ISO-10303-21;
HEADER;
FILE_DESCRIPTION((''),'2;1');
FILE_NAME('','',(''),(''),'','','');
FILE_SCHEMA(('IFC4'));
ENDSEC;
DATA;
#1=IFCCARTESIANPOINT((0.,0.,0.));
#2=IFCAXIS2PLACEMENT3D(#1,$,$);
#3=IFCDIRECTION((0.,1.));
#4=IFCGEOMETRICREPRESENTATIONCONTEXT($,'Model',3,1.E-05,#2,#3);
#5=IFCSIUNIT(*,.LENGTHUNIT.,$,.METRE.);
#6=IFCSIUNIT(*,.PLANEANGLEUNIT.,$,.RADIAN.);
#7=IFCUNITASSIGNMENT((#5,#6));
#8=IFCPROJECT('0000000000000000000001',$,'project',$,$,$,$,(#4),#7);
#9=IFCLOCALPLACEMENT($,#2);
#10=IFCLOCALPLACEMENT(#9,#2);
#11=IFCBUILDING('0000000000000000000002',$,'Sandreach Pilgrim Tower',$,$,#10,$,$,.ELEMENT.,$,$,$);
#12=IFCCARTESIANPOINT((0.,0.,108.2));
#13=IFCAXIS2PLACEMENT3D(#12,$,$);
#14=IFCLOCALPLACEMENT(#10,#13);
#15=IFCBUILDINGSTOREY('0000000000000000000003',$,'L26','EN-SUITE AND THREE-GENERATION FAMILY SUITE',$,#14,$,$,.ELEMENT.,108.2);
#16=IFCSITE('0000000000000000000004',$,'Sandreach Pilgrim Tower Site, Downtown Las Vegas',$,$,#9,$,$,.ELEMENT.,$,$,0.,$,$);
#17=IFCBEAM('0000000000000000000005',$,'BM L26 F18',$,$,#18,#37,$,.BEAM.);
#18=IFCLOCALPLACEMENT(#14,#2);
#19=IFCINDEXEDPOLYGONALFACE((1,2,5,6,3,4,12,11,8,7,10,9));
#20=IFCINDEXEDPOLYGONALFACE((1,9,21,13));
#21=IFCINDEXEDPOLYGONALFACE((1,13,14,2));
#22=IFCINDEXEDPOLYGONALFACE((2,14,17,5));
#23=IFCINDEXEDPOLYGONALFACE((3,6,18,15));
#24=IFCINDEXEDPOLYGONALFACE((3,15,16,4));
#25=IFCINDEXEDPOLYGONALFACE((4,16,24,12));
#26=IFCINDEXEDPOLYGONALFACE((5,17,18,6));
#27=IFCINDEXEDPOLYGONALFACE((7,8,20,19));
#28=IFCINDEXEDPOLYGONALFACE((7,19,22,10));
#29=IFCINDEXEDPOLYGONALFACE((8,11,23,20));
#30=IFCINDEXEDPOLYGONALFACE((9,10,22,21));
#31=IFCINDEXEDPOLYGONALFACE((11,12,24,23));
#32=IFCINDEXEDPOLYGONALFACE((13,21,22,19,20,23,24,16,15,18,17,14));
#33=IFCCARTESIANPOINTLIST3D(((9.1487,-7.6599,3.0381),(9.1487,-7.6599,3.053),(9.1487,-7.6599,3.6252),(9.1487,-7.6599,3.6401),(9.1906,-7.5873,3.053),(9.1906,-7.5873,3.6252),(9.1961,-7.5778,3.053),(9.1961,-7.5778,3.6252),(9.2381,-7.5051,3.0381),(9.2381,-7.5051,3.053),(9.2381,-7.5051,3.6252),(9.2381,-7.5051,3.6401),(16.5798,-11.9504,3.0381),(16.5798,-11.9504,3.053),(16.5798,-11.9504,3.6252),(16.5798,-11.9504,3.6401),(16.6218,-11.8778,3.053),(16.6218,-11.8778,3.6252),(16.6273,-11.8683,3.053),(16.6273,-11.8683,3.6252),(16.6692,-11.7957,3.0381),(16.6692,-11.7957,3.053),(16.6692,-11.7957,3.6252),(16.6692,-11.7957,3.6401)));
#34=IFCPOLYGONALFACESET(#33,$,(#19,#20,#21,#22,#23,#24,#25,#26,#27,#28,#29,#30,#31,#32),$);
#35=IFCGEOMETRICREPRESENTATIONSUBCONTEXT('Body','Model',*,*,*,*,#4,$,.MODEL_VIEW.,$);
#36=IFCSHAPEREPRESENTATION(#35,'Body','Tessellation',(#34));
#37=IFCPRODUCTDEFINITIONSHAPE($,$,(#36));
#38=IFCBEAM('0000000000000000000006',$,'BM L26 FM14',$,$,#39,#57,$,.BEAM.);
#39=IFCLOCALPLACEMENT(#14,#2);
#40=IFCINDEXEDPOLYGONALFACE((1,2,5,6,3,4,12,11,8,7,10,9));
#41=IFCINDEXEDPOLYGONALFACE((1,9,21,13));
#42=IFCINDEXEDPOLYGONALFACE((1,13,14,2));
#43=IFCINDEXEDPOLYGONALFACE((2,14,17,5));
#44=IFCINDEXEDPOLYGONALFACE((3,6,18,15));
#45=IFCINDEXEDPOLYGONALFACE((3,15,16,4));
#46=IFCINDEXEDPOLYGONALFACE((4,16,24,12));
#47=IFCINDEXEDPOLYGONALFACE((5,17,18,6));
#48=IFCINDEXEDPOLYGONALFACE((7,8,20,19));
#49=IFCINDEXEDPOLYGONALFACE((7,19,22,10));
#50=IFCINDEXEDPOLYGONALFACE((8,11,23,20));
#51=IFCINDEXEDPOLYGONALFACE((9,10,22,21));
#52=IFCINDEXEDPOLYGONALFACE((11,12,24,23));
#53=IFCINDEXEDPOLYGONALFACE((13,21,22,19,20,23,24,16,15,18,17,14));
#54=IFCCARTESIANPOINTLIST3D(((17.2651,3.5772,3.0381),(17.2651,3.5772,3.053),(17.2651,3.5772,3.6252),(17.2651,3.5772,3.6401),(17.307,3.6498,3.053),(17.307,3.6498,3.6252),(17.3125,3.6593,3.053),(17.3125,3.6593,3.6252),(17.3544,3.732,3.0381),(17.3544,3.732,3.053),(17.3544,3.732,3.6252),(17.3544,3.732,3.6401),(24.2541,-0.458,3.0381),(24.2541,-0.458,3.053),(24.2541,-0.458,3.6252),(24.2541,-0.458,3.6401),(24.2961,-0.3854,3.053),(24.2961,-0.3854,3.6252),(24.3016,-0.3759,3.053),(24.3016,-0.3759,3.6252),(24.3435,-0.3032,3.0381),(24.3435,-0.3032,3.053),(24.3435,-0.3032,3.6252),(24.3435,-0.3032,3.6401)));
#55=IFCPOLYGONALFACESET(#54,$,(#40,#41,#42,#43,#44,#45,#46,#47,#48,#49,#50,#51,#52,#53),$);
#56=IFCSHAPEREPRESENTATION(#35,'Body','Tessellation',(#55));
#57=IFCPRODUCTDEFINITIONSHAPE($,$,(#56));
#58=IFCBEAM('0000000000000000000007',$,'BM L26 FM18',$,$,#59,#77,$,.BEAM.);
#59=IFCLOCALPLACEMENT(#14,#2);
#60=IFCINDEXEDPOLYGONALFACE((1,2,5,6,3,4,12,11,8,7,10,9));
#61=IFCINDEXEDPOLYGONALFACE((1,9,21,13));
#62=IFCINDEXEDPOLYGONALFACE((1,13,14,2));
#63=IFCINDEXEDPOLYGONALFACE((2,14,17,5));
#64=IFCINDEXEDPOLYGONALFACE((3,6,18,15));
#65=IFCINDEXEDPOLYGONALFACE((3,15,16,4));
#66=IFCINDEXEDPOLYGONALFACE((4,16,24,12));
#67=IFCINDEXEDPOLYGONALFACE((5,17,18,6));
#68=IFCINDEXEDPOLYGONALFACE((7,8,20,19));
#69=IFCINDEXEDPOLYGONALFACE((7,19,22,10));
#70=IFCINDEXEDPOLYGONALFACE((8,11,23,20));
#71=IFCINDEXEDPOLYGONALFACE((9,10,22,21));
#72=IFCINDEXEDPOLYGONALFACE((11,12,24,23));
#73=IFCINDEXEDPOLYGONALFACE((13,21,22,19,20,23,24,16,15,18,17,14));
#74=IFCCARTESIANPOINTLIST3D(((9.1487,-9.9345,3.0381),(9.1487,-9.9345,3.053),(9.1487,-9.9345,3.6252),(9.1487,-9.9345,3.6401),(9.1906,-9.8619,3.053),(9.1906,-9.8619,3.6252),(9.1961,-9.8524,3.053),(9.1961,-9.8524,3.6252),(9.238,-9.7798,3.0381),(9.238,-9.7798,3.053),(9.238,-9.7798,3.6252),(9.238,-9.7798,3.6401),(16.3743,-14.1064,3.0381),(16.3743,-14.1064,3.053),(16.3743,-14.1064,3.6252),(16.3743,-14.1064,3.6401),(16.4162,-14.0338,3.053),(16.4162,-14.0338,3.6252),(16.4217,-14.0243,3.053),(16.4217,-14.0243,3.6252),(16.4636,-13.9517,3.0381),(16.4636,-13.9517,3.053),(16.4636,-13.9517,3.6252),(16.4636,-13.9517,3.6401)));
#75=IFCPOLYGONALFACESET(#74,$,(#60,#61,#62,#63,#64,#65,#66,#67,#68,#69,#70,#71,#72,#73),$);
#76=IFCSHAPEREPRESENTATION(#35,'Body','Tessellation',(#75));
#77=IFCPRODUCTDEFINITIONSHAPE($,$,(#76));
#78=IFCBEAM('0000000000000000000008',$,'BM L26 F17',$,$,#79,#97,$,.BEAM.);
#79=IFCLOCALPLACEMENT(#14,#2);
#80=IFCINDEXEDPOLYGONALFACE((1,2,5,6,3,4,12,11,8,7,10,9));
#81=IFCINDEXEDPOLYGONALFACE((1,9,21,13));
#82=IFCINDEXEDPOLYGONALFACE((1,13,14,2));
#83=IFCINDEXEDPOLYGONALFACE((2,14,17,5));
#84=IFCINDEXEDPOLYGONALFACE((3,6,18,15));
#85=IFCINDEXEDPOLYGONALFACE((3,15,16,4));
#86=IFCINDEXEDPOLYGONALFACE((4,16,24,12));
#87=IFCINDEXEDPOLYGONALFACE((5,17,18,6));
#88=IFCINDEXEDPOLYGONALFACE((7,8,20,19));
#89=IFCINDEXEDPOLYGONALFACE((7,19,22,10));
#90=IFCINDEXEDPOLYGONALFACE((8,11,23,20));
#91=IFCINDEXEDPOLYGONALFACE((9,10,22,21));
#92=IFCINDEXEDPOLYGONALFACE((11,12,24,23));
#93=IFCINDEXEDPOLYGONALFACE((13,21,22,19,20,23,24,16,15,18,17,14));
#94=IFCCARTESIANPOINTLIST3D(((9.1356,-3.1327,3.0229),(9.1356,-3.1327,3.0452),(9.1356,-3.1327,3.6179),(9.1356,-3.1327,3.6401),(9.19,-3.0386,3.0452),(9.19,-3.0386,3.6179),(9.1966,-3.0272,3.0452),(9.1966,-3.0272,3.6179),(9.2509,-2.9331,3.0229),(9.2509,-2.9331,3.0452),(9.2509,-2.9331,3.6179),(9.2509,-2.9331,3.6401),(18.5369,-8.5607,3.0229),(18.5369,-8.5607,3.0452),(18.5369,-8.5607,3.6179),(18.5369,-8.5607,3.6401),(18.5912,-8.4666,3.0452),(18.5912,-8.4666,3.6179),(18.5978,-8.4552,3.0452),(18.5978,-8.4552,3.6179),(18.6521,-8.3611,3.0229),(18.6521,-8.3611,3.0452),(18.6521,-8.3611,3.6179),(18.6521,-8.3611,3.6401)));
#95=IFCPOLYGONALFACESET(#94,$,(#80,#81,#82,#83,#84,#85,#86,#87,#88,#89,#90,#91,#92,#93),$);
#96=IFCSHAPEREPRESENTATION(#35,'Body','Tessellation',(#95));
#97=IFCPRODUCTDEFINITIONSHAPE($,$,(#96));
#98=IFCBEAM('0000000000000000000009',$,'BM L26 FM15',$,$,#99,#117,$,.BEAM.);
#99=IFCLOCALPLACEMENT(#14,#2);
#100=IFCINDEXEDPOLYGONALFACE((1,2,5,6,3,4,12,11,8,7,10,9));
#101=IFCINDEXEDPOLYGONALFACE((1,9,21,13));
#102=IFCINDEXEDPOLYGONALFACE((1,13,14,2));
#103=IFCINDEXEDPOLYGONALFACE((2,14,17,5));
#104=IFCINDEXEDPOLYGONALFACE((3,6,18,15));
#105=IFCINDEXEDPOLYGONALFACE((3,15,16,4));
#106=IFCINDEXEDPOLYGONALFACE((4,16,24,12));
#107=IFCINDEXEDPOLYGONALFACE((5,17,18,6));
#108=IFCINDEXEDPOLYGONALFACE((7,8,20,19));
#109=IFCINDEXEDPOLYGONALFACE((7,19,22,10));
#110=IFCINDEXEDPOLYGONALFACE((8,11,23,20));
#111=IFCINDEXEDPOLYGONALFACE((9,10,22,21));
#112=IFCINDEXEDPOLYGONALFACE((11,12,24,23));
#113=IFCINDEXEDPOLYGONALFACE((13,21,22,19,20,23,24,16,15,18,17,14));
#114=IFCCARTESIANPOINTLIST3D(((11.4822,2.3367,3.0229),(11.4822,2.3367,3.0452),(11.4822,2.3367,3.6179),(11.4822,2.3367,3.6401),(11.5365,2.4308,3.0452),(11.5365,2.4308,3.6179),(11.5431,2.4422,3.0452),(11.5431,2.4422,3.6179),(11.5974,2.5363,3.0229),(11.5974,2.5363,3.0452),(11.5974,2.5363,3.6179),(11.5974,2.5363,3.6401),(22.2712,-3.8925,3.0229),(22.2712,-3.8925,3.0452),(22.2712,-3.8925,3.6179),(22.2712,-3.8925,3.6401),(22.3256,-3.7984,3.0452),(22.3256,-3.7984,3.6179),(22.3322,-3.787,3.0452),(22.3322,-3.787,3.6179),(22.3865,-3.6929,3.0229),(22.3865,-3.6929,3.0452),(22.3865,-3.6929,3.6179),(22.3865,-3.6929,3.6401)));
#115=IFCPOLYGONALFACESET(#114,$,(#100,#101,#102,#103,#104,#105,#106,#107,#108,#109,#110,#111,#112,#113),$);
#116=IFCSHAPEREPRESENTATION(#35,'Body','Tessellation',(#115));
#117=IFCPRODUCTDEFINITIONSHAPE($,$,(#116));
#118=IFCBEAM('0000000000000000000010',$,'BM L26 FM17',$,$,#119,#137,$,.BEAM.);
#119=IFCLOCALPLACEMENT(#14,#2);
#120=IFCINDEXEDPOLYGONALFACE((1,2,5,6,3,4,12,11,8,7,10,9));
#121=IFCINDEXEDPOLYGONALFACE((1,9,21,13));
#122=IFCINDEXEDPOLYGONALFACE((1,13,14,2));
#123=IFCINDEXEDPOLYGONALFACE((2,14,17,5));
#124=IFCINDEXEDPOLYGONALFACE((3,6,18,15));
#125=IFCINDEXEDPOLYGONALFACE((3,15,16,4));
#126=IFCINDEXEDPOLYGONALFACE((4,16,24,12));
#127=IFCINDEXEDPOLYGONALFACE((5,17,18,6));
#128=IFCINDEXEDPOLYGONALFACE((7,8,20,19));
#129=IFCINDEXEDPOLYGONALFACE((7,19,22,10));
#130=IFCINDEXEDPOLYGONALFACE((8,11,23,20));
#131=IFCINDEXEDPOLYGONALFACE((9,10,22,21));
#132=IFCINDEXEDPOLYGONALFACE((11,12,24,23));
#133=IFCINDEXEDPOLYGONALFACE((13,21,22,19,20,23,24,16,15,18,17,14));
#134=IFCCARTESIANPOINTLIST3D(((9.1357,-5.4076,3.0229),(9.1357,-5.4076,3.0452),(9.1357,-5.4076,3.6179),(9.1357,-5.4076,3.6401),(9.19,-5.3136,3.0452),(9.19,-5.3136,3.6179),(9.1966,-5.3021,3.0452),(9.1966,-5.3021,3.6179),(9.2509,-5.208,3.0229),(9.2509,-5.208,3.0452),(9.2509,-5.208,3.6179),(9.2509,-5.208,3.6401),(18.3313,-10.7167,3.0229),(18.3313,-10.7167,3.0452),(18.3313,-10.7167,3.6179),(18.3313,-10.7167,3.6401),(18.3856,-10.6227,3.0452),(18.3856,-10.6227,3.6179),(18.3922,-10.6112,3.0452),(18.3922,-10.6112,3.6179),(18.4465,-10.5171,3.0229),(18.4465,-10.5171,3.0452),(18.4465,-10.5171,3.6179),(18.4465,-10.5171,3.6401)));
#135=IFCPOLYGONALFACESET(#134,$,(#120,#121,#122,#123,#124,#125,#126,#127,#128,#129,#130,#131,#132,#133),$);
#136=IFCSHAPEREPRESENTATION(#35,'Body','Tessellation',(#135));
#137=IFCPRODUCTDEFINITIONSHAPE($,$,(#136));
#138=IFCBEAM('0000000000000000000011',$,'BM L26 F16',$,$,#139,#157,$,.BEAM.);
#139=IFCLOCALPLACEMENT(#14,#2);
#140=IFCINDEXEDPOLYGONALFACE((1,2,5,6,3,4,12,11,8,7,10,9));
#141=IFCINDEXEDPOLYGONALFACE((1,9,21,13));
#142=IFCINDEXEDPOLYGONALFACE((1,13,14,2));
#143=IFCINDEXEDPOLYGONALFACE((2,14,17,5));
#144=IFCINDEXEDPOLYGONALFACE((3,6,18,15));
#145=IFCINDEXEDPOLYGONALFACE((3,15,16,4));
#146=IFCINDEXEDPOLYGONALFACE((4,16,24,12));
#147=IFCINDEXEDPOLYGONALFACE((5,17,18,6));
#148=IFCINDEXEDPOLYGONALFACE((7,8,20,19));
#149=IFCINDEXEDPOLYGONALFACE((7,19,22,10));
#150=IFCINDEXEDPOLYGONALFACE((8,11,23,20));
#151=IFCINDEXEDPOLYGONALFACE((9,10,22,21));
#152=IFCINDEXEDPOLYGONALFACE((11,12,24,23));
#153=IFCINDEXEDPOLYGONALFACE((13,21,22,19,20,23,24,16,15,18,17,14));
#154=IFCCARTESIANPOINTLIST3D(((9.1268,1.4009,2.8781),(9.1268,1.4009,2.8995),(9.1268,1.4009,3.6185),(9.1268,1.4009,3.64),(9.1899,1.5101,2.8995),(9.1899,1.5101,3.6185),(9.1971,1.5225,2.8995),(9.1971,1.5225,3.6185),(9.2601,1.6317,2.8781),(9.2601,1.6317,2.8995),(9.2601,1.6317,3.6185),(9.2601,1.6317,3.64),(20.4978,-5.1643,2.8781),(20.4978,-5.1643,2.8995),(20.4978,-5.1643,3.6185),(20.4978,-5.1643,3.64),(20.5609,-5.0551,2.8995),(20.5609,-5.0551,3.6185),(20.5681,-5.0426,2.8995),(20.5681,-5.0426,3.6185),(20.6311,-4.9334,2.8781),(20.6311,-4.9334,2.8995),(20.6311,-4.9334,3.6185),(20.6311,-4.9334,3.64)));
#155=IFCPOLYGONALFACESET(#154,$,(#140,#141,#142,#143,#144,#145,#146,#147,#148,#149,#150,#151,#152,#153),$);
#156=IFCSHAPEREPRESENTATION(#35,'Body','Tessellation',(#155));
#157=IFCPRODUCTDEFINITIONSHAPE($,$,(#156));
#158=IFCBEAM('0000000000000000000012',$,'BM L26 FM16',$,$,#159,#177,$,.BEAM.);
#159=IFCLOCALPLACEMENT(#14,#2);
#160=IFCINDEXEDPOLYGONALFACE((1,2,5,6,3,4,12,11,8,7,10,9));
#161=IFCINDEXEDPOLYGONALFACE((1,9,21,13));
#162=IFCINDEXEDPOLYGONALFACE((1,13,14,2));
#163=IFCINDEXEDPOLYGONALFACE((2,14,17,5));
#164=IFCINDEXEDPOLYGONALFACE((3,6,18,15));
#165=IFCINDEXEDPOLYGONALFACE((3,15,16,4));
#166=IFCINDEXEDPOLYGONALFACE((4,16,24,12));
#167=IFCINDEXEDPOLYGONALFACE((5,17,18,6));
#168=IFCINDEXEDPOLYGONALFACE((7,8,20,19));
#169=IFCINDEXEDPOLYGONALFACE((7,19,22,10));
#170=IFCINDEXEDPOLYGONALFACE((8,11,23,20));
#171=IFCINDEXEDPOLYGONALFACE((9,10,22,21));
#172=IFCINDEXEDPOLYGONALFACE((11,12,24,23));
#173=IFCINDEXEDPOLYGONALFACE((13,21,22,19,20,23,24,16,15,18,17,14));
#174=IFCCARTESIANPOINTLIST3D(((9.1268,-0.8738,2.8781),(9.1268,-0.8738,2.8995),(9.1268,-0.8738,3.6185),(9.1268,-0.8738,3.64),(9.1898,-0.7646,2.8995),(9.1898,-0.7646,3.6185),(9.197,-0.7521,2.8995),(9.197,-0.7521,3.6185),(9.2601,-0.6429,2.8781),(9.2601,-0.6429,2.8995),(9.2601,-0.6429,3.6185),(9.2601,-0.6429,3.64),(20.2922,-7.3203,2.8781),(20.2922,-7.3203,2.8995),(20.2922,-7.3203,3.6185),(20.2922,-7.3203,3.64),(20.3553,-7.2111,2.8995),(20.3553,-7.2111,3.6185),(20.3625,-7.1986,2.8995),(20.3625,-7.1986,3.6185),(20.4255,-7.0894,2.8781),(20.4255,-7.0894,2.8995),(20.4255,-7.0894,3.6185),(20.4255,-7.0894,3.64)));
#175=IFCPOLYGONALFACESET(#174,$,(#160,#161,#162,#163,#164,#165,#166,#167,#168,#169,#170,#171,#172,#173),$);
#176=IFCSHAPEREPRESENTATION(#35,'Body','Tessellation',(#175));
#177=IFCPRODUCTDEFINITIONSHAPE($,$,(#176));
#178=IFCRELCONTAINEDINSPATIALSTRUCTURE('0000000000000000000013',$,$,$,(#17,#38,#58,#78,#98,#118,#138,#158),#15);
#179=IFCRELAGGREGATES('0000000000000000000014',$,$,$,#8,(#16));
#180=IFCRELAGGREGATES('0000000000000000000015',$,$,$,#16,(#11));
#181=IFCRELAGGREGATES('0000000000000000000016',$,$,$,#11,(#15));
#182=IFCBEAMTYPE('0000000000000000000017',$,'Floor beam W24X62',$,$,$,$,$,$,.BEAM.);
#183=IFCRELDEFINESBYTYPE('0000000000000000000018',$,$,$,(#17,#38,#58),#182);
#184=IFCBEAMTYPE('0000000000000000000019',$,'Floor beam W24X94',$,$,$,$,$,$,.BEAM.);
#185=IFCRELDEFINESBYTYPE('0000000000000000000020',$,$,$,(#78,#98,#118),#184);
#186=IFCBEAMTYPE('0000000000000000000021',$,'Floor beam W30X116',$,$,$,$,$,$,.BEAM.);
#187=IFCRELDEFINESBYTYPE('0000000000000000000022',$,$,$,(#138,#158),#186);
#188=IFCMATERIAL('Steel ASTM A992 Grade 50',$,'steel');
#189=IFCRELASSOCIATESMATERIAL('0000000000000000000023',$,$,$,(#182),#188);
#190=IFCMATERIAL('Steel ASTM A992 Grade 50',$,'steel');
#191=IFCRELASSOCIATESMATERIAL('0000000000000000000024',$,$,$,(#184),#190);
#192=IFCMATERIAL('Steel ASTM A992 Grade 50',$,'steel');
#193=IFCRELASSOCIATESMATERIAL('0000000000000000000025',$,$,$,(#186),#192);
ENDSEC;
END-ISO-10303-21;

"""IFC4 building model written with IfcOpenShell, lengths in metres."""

from ifc_helpers import new_model, si_unit, direction, frame, origin, origin_2d, place, context, subcontext, project, spatial, i_section, extrude, material, material_profile, profile_set, type_object, element, save


model = new_model("IFC4")

# Units and contexts
model_context = context("Model", 3, precision=1e-05, world=origin(), true_north=direction((0.0, 1.0)))
body_context = subcontext(model_context, "Body", "Model", "MODEL_VIEW")
ifc_project = project(units=[si_unit("LENGTHUNIT", "METRE"), si_unit("PLANEANGLEUNIT", "RADIAN")], contexts=[model_context])

# Site, building, storey
site_placement = place(None, origin())
site = spatial("IfcSite", under=ifc_project, at=site_placement, Name="Sandreach Pilgrim Tower Site, Downtown Las Vegas", CompositionType="ELEMENT", RefElevation=0.0)
building_placement = place(site_placement, origin())
building = spatial("IfcBuilding", under=site, at=building_placement, Name="Sandreach Pilgrim Tower", CompositionType="ELEMENT")
storey_placement = place(building_placement, frame((0.0, 0.0, 108.2)))
storey = spatial("IfcBuildingStorey", under=building, at=storey_placement, Name="L26", Description="EN-SUITE AND THREE-GENERATION FAMILY SUITE", CompositionType="ELEMENT", Elevation=108.2)

# Beams
ifc_material_1 = material(Name="Steel ASTM A992 Grade 50", Category="steel")
ifc_material_profile_1 = material_profile(ifc_material_1, i_section(OverallWidth=0.1787, OverallDepth=0.6021, WebThickness=0.011, FlangeThickness=0.0149, at=origin_2d()), Name="W24X62")
ifc_profile_set_1 = profile_set([ifc_material_profile_1], Name="Steel ASTM A992 Grade 50")
beam_type_1 = type_object("IfcBeamType", Name="Floor beam W24X62", PredefinedType="BEAM", material=ifc_profile_set_1)
beam_1_placement = place(storey_placement, frame((16.6245, -11.873, 3.3391), z_axis=(-0.866018, 0.500013, 0.0), x_axis=(-0.500013, -0.866018, 0.0)))
element("IfcBeam", 1, at=beam_1_placement, inside=storey, type_object=beam_type_1, Name="BM L26 F18", PredefinedType="BEAM", context=body_context, shape_type="SweptSolid", body=[
    extrude(i_section(OverallWidth=0.1787, OverallDepth=0.6021, WebThickness=0.011, FlangeThickness=0.0149, at=origin_2d()), origin(), (0.0, 0.0, 1.0), 8.5808),
])
beam_2_placement = place(storey_placement, frame((24.2988, -0.3806, 3.3391), z_axis=(-0.866023, 0.500004, 0.0), x_axis=(-0.500004, -0.866023, 0.0)))
element("IfcBeam", 2, at=beam_2_placement, inside=storey, type_object=beam_type_1, Name="BM L26 FM14", PredefinedType="BEAM", context=body_context, shape_type="SweptSolid", body=[
    extrude(i_section(OverallWidth=0.1787, OverallDepth=0.6021, WebThickness=0.011, FlangeThickness=0.0149, at=origin_2d()), origin(), (0.0, 0.0, 1.0), 8.0703),
])
beam_3_placement = place(storey_placement, frame((16.4189, -14.0291, 3.3391), z_axis=(-0.866016, 0.500016, 0.0), x_axis=(-0.500016, -0.866016, 0.0)))
element("IfcBeam", 3, at=beam_3_placement, inside=storey, type_object=beam_type_1, Name="BM L26 FM18", PredefinedType="BEAM", context=body_context, shape_type="SweptSolid", body=[
    extrude(i_section(OverallWidth=0.1787, OverallDepth=0.6021, WebThickness=0.011, FlangeThickness=0.0149, at=origin_2d()), origin(), (0.0, 0.0, 1.0), 8.3435),
])
ifc_material_2 = material(Name="Steel ASTM A992 Grade 50", Category="steel")
ifc_material_profile_2 = material_profile(ifc_material_2, i_section(OverallWidth=0.2305, OverallDepth=0.6172, WebThickness=0.0132, FlangeThickness=0.0222, at=origin_2d()), Name="W24X94")
ifc_profile_set_2 = profile_set([ifc_material_profile_2], Name="Steel ASTM A992 Grade 50")
beam_type_2 = type_object("IfcBeamType", Name="Floor beam W24X94", PredefinedType="BEAM", material=ifc_profile_set_2)
beam_4_placement = place(storey_placement, frame((18.5945, -8.4609, 3.3315), z_axis=(-0.866016, 0.500016, 0.0), x_axis=(-0.500016, -0.866016, 0.0)))
element("IfcBeam", 4, at=beam_4_placement, inside=storey, type_object=beam_type_2, Name="BM L26 F17", PredefinedType="BEAM", context=body_context, shape_type="SweptSolid", body=[
    extrude(i_section(OverallWidth=0.2305, OverallDepth=0.6172, WebThickness=0.0132, FlangeThickness=0.0222, at=origin_2d()), origin(), (0.0, 0.0, 1.0), 10.8557),
])
beam_5_placement = place(storey_placement, frame((22.3289, -3.7927, 3.3315), z_axis=(-0.866019, 0.500011, 0.0), x_axis=(-0.500011, -0.866019, 0.0)))
element("IfcBeam", 5, at=beam_5_placement, inside=storey, type_object=beam_type_2, Name="BM L26 FM15", PredefinedType="BEAM", context=body_context, shape_type="SweptSolid", body=[
    extrude(i_section(OverallWidth=0.2305, OverallDepth=0.6172, WebThickness=0.0132, FlangeThickness=0.0222, at=origin_2d()), origin(), (0.0, 0.0, 1.0), 12.4583),
])
beam_6_placement = place(storey_placement, frame((18.3889, -10.6169, 3.3315), z_axis=(-0.866024, 0.500002, 0.0), x_axis=(-0.500002, -0.866024, 0.0)))
element("IfcBeam", 6, at=beam_6_placement, inside=storey, type_object=beam_type_2, Name="BM L26 FM17", PredefinedType="BEAM", context=body_context, shape_type="SweptSolid", body=[
    extrude(i_section(OverallWidth=0.2305, OverallDepth=0.6172, WebThickness=0.0132, FlangeThickness=0.0222, at=origin_2d()), origin(), (0.0, 0.0, 1.0), 10.6182),
])
ifc_material_3 = material(Name="Steel ASTM A992 Grade 50", Category="steel")
ifc_material_profile_3 = material_profile(ifc_material_3, i_section(OverallWidth=0.2666, OverallDepth=0.762, WebThickness=0.0144, FlangeThickness=0.0215, at=origin_2d()), Name="W30X116")
ifc_profile_set_3 = profile_set([ifc_material_profile_3], Name="Steel ASTM A992 Grade 50")
beam_type_3 = type_object("IfcBeamType", Name="Floor beam W30X116", PredefinedType="BEAM", material=ifc_profile_set_3)
beam_7_placement = place(storey_placement, frame((20.5645, -5.0488, 3.259), z_axis=(-0.866023, 0.500005, 0.0), x_axis=(-0.500005, -0.866023, 0.0)))
element("IfcBeam", 7, at=beam_7_placement, inside=storey, type_object=beam_type_3, Name="BM L26 F16", PredefinedType="BEAM", context=body_context, shape_type="SweptSolid", body=[
    extrude(i_section(OverallWidth=0.2666, OverallDepth=0.762, WebThickness=0.0144, FlangeThickness=0.0215, at=origin_2d()), origin(), (0.0, 0.0, 1.0), 13.1301),
])
beam_8_placement = place(storey_placement, frame((20.3589, -7.2048, 3.259), z_axis=(-0.866022, 0.500007, 0.0), x_axis=(-0.500007, -0.866022, 0.0)))
element("IfcBeam", 8, at=beam_8_placement, inside=storey, type_object=beam_type_3, Name="BM L26 FM16", PredefinedType="BEAM", context=body_context, shape_type="SweptSolid", body=[
    extrude(i_section(OverallWidth=0.2666, OverallDepth=0.762, WebThickness=0.0144, FlangeThickness=0.0215, at=origin_2d()), origin(), (0.0, 0.0, 1.0), 12.8928),
])

save(model, "model.ifc")
